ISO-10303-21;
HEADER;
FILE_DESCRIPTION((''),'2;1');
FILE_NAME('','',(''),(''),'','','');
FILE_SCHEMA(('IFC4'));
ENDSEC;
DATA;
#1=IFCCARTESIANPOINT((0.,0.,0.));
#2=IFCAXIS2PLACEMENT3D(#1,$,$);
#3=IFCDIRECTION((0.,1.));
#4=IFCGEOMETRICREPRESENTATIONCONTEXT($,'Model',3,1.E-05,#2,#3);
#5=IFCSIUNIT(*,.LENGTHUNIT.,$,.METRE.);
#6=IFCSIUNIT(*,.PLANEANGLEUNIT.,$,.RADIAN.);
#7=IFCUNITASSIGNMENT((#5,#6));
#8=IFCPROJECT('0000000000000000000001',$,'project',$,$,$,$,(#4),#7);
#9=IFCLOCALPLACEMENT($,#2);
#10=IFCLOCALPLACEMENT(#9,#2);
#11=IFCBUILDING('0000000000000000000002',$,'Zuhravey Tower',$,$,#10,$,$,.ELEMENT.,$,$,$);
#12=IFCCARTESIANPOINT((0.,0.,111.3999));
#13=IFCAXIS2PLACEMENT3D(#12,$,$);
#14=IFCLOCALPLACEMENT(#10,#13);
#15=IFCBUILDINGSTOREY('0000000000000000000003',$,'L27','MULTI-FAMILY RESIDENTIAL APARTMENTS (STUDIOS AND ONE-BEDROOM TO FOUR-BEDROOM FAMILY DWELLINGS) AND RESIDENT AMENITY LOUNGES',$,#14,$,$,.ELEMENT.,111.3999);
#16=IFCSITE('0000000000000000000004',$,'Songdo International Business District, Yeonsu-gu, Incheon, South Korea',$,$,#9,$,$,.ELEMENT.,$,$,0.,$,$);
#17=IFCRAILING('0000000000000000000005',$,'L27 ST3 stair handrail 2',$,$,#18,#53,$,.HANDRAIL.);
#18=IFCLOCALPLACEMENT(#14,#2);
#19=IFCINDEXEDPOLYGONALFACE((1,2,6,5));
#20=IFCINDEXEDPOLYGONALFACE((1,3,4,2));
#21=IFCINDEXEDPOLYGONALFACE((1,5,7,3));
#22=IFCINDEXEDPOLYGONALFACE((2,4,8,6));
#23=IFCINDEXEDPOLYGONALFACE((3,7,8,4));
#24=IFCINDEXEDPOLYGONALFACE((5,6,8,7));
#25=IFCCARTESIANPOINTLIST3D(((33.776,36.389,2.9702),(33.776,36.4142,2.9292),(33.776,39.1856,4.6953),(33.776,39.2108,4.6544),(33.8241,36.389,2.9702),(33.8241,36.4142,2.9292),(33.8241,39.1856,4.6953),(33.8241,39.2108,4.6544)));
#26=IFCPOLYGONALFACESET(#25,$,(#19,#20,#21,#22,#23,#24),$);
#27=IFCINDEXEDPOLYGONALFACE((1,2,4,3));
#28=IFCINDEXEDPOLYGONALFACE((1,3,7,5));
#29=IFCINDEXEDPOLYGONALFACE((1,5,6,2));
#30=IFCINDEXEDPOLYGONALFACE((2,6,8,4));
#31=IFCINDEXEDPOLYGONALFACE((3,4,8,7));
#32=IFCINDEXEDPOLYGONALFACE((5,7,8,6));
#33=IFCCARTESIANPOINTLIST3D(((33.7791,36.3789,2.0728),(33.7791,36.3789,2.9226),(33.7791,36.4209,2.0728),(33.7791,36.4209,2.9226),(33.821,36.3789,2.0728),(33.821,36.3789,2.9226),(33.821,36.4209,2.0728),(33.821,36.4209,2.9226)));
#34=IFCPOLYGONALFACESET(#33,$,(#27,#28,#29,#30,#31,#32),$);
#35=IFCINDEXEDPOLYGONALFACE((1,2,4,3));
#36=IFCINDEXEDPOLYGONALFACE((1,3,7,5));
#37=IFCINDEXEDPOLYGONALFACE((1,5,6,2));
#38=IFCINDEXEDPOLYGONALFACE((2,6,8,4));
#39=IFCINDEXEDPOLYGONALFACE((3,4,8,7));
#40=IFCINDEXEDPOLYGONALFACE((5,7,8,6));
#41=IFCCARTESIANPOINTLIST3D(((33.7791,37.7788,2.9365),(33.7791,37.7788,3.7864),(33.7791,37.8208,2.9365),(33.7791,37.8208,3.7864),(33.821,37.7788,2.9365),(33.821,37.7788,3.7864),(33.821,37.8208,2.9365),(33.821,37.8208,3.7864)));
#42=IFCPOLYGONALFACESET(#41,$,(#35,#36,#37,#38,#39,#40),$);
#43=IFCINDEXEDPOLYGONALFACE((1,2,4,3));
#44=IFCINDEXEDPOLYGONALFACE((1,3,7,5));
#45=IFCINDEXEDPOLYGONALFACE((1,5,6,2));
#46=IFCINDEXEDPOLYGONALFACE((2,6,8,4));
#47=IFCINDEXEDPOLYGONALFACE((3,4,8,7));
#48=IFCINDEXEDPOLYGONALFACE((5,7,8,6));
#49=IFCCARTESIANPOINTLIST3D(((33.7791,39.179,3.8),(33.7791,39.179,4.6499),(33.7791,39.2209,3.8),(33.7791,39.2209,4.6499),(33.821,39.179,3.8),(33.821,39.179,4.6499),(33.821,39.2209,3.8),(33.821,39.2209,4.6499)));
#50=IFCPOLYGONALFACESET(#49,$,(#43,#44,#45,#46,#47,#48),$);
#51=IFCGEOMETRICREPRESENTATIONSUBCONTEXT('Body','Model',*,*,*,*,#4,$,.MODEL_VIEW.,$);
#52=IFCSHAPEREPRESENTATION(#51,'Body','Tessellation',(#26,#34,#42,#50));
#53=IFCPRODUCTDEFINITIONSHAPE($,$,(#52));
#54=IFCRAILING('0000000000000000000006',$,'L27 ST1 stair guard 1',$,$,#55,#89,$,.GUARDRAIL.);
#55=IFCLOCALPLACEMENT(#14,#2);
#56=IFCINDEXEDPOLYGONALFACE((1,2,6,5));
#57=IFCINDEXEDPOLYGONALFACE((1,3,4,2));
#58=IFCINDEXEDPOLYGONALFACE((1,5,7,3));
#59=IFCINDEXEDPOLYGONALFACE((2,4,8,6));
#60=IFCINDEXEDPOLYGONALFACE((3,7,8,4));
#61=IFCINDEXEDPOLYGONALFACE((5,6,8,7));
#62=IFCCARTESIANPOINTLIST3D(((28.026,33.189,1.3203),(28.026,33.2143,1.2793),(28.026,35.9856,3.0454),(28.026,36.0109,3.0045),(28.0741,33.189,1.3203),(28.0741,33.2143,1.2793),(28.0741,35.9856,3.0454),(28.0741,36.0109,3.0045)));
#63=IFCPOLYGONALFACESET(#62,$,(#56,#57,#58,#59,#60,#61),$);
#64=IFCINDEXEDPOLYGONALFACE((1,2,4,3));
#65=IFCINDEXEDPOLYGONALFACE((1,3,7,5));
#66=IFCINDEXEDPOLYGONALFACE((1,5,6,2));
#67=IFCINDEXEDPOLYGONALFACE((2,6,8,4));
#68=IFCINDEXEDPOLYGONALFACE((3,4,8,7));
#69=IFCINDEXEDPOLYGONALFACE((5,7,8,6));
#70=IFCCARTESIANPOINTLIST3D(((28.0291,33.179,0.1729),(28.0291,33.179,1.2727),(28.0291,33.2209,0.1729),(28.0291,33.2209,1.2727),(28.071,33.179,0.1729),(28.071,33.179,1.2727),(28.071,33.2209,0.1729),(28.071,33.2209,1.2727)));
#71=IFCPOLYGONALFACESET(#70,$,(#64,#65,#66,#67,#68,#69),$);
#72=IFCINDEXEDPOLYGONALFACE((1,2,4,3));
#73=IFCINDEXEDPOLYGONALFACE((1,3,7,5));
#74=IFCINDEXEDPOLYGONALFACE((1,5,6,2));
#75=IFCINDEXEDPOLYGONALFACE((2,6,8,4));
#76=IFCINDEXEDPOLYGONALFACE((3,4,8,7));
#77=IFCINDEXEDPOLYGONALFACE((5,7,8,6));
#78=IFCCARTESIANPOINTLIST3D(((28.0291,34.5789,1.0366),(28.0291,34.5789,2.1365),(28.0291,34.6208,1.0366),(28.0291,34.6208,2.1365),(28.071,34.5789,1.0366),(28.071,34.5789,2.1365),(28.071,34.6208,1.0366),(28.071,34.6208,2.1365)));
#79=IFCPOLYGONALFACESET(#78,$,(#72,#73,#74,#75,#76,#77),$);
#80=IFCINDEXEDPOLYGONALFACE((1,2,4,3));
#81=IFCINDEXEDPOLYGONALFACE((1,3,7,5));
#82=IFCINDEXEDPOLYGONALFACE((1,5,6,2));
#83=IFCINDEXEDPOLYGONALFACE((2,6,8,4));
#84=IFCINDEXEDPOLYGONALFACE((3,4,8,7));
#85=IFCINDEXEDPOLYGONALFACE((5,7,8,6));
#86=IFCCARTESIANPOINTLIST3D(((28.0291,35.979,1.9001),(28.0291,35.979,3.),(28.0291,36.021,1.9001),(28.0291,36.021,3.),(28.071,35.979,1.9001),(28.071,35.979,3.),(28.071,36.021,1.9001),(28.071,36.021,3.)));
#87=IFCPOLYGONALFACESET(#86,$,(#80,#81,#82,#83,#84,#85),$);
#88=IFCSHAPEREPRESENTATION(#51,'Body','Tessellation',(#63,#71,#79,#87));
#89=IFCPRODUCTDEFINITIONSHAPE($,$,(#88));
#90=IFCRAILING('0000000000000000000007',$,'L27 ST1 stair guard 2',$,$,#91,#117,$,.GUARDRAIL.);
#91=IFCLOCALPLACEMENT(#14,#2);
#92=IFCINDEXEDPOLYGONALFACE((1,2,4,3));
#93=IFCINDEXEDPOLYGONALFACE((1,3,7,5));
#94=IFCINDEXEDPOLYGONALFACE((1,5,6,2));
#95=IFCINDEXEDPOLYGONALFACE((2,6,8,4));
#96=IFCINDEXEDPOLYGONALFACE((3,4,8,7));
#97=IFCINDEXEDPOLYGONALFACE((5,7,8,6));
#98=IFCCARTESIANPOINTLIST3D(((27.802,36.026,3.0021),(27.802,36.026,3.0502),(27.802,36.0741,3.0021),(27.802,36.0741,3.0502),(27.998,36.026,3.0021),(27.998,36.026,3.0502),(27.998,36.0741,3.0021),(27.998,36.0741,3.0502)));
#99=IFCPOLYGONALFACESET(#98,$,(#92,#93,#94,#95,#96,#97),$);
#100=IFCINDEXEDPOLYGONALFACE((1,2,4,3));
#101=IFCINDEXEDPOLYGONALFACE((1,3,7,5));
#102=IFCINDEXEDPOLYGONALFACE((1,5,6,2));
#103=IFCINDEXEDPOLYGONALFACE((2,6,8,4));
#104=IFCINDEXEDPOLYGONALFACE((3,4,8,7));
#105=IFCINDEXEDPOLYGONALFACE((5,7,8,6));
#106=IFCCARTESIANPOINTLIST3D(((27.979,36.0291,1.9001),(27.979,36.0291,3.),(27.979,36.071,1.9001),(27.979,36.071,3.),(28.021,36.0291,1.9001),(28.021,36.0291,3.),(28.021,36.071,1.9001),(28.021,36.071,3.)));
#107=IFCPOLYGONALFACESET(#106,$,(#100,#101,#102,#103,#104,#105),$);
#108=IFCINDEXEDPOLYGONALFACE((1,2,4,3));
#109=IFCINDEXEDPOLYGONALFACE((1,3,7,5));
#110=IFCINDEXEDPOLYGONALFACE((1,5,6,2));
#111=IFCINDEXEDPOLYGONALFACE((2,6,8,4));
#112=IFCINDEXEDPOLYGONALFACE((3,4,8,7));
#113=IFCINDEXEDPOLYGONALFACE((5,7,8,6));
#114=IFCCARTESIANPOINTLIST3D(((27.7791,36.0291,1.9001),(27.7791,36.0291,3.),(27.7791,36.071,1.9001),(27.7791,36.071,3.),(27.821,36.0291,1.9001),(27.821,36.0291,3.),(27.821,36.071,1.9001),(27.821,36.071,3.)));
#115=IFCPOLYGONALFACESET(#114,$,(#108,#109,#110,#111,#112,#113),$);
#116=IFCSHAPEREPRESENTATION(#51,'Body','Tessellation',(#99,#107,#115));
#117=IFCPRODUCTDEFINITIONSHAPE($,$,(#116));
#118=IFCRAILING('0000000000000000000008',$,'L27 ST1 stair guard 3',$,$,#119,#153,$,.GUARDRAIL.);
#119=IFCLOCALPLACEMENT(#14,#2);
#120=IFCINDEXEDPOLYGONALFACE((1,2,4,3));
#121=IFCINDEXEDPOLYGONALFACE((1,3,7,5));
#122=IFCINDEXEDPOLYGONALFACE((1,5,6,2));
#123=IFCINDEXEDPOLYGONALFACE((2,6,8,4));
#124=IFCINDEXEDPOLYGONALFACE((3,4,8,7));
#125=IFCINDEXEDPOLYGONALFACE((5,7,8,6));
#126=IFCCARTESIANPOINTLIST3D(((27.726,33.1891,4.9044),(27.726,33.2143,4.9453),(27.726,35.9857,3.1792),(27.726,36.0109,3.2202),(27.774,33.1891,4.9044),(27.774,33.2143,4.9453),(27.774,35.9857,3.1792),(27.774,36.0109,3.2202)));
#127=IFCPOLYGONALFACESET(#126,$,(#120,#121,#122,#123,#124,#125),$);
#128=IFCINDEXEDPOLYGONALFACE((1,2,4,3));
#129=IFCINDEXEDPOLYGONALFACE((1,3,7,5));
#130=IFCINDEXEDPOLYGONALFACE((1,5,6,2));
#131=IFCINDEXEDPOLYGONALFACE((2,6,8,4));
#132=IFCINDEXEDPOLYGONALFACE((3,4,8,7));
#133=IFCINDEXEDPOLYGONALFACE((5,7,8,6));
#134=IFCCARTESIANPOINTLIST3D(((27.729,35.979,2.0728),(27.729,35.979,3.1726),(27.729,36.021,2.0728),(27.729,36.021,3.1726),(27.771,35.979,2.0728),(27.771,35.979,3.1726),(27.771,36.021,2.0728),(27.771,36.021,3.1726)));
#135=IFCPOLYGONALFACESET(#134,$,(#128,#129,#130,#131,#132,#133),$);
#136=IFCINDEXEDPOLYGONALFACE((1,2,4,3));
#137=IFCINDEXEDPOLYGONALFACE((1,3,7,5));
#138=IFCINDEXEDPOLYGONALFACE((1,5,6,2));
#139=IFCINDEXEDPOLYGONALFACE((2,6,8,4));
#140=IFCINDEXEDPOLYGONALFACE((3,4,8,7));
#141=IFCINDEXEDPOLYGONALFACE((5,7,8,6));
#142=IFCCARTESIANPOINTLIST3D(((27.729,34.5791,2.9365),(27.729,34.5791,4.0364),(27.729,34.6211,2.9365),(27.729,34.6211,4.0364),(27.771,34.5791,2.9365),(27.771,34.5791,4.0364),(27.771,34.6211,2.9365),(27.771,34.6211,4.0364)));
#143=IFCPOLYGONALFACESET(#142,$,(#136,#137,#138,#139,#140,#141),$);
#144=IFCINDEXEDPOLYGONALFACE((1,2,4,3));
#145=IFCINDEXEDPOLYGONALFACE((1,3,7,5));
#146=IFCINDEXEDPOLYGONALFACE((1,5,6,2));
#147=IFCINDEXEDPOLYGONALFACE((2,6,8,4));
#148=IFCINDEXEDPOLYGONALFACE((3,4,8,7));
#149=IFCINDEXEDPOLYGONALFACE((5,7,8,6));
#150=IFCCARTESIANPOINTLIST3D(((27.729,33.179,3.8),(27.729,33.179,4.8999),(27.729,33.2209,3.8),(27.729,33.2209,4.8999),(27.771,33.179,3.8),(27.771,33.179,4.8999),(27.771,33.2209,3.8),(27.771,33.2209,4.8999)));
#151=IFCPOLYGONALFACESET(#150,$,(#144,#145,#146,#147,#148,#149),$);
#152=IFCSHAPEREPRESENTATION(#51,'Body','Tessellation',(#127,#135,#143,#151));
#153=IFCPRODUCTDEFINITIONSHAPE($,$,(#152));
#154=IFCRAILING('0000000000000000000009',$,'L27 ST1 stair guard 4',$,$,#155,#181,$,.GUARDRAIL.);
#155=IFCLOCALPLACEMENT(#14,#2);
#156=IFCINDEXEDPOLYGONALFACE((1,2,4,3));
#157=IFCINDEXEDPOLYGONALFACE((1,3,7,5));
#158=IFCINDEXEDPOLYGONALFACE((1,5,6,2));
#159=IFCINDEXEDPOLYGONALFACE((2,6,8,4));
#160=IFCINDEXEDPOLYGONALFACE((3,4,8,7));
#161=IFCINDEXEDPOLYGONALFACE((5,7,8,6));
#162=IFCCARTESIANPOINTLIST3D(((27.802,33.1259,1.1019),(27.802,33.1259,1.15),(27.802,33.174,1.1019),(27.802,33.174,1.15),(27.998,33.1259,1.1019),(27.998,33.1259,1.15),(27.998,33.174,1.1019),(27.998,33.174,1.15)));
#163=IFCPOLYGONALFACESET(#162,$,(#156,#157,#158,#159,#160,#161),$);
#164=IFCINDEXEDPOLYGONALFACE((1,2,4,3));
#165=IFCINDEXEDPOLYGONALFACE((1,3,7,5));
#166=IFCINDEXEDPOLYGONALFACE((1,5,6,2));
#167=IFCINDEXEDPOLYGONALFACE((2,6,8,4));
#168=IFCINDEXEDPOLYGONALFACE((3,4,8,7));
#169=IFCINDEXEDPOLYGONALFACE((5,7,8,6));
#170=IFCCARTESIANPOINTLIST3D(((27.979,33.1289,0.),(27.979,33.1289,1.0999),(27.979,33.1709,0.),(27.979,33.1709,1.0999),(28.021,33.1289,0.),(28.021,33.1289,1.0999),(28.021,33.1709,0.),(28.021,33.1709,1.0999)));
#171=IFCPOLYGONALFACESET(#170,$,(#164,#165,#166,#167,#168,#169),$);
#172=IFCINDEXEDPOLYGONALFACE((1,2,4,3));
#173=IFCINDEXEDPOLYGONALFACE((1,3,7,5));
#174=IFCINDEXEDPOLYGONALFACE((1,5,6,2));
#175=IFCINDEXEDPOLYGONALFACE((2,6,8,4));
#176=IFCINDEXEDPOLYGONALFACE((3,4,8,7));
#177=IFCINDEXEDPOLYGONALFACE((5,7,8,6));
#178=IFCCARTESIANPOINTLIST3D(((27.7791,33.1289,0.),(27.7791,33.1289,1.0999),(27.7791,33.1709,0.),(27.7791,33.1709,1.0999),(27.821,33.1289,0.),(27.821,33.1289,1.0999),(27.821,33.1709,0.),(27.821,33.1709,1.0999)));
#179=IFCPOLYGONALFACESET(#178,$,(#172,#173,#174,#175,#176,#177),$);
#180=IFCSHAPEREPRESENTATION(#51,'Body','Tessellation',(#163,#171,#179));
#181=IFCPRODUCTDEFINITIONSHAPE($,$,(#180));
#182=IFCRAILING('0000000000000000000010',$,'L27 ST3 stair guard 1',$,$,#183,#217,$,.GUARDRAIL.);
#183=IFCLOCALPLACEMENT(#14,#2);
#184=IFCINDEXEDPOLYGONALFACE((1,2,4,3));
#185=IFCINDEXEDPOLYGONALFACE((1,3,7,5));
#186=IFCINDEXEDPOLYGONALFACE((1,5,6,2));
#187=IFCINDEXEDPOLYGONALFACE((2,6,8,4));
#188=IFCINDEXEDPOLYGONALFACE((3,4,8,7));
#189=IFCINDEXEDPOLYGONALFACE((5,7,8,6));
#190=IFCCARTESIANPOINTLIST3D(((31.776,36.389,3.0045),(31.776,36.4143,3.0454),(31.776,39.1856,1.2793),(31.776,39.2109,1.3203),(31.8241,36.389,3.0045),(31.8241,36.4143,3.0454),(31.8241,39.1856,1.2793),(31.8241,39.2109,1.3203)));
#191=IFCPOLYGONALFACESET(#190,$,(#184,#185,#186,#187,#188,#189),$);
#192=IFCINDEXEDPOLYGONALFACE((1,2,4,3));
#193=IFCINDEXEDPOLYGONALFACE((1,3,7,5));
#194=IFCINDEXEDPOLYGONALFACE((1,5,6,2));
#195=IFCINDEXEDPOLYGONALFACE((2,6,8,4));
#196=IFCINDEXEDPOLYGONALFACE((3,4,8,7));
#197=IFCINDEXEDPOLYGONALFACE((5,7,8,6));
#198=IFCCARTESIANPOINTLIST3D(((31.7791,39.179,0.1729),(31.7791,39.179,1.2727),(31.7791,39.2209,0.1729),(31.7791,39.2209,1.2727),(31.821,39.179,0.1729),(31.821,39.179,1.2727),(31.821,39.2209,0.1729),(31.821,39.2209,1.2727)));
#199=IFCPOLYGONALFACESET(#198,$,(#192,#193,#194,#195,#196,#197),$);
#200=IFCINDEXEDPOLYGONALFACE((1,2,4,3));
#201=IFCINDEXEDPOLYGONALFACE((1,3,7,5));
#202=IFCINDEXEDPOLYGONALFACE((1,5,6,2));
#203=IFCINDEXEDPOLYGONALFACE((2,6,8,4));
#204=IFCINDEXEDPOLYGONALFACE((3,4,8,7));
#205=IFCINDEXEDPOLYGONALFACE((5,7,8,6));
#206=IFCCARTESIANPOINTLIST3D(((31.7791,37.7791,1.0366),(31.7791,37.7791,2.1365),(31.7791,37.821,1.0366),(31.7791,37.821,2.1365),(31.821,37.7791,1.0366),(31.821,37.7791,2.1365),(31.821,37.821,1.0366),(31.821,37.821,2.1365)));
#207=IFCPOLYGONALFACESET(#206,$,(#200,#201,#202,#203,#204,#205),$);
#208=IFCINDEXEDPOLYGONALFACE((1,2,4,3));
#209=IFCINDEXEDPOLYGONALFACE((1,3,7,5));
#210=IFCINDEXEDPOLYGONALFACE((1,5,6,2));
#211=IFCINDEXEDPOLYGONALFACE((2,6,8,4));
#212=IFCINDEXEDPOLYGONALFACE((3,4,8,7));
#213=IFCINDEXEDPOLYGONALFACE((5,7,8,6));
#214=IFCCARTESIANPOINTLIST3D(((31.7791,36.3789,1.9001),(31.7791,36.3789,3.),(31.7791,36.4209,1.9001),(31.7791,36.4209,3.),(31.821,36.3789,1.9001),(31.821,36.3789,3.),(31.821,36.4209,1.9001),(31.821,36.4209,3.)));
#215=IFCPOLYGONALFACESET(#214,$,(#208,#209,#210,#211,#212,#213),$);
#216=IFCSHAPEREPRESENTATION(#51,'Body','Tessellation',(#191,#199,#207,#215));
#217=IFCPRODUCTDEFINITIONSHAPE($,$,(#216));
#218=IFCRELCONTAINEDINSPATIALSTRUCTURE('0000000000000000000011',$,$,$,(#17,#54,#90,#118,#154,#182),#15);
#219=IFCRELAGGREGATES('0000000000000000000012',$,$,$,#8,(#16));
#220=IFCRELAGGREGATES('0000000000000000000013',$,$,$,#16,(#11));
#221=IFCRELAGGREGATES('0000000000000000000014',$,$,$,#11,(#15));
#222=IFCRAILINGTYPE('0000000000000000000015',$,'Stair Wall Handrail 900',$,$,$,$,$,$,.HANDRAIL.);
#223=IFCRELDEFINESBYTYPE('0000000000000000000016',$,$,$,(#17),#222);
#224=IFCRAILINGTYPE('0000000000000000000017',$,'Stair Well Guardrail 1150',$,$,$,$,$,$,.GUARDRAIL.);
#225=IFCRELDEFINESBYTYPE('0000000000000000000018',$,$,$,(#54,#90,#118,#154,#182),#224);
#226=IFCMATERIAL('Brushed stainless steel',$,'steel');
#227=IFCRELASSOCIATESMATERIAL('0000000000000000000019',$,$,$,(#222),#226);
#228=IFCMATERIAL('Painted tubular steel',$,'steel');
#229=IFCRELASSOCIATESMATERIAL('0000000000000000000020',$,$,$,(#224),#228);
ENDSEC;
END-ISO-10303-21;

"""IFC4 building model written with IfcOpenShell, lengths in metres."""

from ifc_helpers import new_model, si_unit, direction, frame, origin, origin_2d, place, context, subcontext, project, spatial, rectangle, extrude, material, type_object, element, save


model = new_model("IFC4")

# Units and contexts
model_context = context("Model", 3, precision=1e-05, world=origin(), true_north=direction((0.0, 1.0)))
body_context = subcontext(model_context, "Body", "Model", "MODEL_VIEW")
ifc_project = project(units=[si_unit("LENGTHUNIT", "METRE"), si_unit("PLANEANGLEUNIT", "RADIAN")], contexts=[model_context])

# Site, building, storey
site_placement = place(None, origin())
site = spatial("IfcSite", under=ifc_project, at=site_placement, Name="Songdo International Business District, Yeonsu-gu, Incheon, South Korea", CompositionType="ELEMENT", RefElevation=0.0)
building_placement = place(site_placement, origin())
building = spatial("IfcBuilding", under=site, at=building_placement, Name="Zuhravey Tower", CompositionType="ELEMENT")
storey_placement = place(building_placement, frame((0.0, 0.0, 111.3999)))
storey = spatial("IfcBuildingStorey", under=building, at=storey_placement, Name="L27", Description="MULTI-FAMILY RESIDENTIAL APARTMENTS (STUDIOS AND ONE-BEDROOM TO FOUR-BEDROOM FAMILY DWELLINGS) AND RESIDENT AMENITY LOUNGES", CompositionType="ELEMENT", Elevation=111.3999)

# Railings
ifc_material_1 = material(Name="Brushed stainless steel", Category="steel")
railing_type_1 = type_object("IfcRailingType", Name="Stair Wall Handrail 900", PredefinedType="HANDRAIL", material=ifc_material_1)
railing_1_placement = place(storey_placement, frame((33.8, 36.3999, 2.0728)))
element("IfcRailing", 1, at=railing_1_placement, inside=storey, type_object=railing_type_1, Name="L27 ST3 stair handrail 2", PredefinedType="HANDRAIL", context=body_context, shape_type="SweptSolid", body=[
    extrude(rectangle(XDim=0.0481, YDim=0.0481, at=origin_2d()), frame((0.0, 0.0017, 0.877), z_axis=(0.0, 0.85109, 0.52502), x_axis=(-1.0, 0.0, 0.0)), (0.0, 0.0, 1.0), 3.2859),
    extrude(rectangle(XDim=0.042, YDim=0.042, at=origin_2d()), origin(), (0.0, 0.0, 1.0), 0.8499),
    extrude(rectangle(XDim=0.042, YDim=0.042, at=origin_2d()), frame((0.0, 1.3999, 0.8638)), (0.0, 0.0, 1.0), 0.8499),
    extrude(rectangle(XDim=0.042, YDim=0.042, at=origin_2d()), frame((0.0, 2.8, 1.7273)), (0.0, 0.0, 1.0), 0.8499),
])
ifc_material_2 = material(Name="Painted tubular steel", Category="steel")
railing_type_2 = type_object("IfcRailingType", Name="Stair Well Guardrail 1150", PredefinedType="GUARDRAIL", material=ifc_material_2)
railing_2_placement = place(storey_placement, frame((28.05, 33.2, 0.1729)))
element("IfcRailing", 2, at=railing_2_placement, inside=storey, type_object=railing_type_2, Name="L27 ST1 stair guard 1", PredefinedType="GUARDRAIL", context=body_context, shape_type="SweptSolid", body=[
    extrude(rectangle(XDim=0.0481, YDim=0.0481, at=origin_2d()), frame((0.0, 0.0017, 1.127), z_axis=(0.0, 0.85109, 0.52502), x_axis=(-1.0, 0.0, 0.0)), (0.0, 0.0, 1.0), 3.2859),
    extrude(rectangle(XDim=0.042, YDim=0.042, at=origin_2d()), origin(), (0.0, 0.0, 1.0), 1.0999),
    extrude(rectangle(XDim=0.042, YDim=0.042, at=origin_2d()), frame((0.0, 1.3999, 0.8638)), (0.0, 0.0, 1.0), 1.0999),
    extrude(rectangle(XDim=0.042, YDim=0.042, at=origin_2d()), frame((0.0, 2.8, 1.7273)), (0.0, 0.0, 1.0), 1.0999),
])
railing_3_placement = place(storey_placement, frame((28.0, 36.05, 1.9001)))
element("IfcRailing", 3, at=railing_3_placement, inside=storey, type_object=railing_type_2, Name="L27 ST1 stair guard 2", PredefinedType="GUARDRAIL", context=body_context, shape_type="SweptSolid", body=[
    extrude(rectangle(XDim=0.0481, YDim=0.0481, at=origin_2d()), frame((-0.002, 0.0, 1.126), z_axis=(-1.0, 0.0, 0.0), x_axis=(0.0, -1.0, 0.0)), (0.0, 0.0, 1.0), 0.196),
    extrude(rectangle(XDim=0.042, YDim=0.042, at=origin_2d()), origin(), (0.0, 0.0, 1.0), 1.0999),
    extrude(rectangle(XDim=0.042, YDim=0.042, at=origin_2d()), frame((-0.2, 0.0, 0.0)), (0.0, 0.0, 1.0), 1.0999),
])
railing_4_placement = place(storey_placement, frame((27.75, 36.0, 2.0728)))
element("IfcRailing", 4, at=railing_4_placement, inside=storey, type_object=railing_type_2, Name="L27 ST1 stair guard 3", PredefinedType="GUARDRAIL", context=body_context, shape_type="SweptSolid", body=[
    extrude(rectangle(XDim=0.0481, YDim=0.0481, at=origin_2d()), frame((0.0, -0.0017, 1.127), z_axis=(0.0, -0.85109, 0.52502), x_axis=(1.0, 0.0, 0.0)), (0.0, 0.0, 1.0), 3.2859),
    extrude(rectangle(XDim=0.042, YDim=0.042, at=origin_2d()), origin(), (0.0, 0.0, 1.0), 1.0999),
    extrude(rectangle(XDim=0.042, YDim=0.042, at=origin_2d()), frame((0.0, -1.3999, 0.8638)), (0.0, 0.0, 1.0), 1.0999),
    extrude(rectangle(XDim=0.042, YDim=0.042, at=origin_2d()), frame((0.0, -2.8, 1.7273)), (0.0, 0.0, 1.0), 1.0999),
])
railing_5_placement = place(storey_placement, frame((28.0, 33.1499, 0.0)))
element("IfcRailing", 5, at=railing_5_placement, inside=storey, type_object=railing_type_2, Name="L27 ST1 stair guard 4", PredefinedType="GUARDRAIL", context=body_context, shape_type="SweptSolid", body=[
    extrude(rectangle(XDim=0.0481, YDim=0.0481, at=origin_2d()), frame((-0.002, 0.0, 1.126), z_axis=(-1.0, 0.0, 0.0), x_axis=(0.0, -1.0, 0.0)), (0.0, 0.0, 1.0), 0.196),
    extrude(rectangle(XDim=0.042, YDim=0.042, at=origin_2d()), origin(), (0.0, 0.0, 1.0), 1.0999),
    extrude(rectangle(XDim=0.042, YDim=0.042, at=origin_2d()), frame((-0.2, 0.0, 0.0)), (0.0, 0.0, 1.0), 1.0999),
])
railing_6_placement = place(storey_placement, frame((31.8, 39.2, 0.1729)))
element("IfcRailing", 6, at=railing_6_placement, inside=storey, type_object=railing_type_2, Name="L27 ST3 stair guard 1", PredefinedType="GUARDRAIL", context=body_context, shape_type="SweptSolid", body=[
    extrude(rectangle(XDim=0.0481, YDim=0.0481, at=origin_2d()), frame((0.0, -0.0017, 1.127), z_axis=(0.0, -0.85109, 0.52502), x_axis=(1.0, 0.0, 0.0)), (0.0, 0.0, 1.0), 3.2859),
    extrude(rectangle(XDim=0.042, YDim=0.042, at=origin_2d()), origin(), (0.0, 0.0, 1.0), 1.0999),
    extrude(rectangle(XDim=0.042, YDim=0.042, at=origin_2d()), frame((0.0, -1.3999, 0.8638)), (0.0, 0.0, 1.0), 1.0999),
    extrude(rectangle(XDim=0.042, YDim=0.042, at=origin_2d()), frame((0.0, -2.8, 1.7273)), (0.0, 0.0, 1.0), 1.0999),
])

save(model, "model.ifc")
